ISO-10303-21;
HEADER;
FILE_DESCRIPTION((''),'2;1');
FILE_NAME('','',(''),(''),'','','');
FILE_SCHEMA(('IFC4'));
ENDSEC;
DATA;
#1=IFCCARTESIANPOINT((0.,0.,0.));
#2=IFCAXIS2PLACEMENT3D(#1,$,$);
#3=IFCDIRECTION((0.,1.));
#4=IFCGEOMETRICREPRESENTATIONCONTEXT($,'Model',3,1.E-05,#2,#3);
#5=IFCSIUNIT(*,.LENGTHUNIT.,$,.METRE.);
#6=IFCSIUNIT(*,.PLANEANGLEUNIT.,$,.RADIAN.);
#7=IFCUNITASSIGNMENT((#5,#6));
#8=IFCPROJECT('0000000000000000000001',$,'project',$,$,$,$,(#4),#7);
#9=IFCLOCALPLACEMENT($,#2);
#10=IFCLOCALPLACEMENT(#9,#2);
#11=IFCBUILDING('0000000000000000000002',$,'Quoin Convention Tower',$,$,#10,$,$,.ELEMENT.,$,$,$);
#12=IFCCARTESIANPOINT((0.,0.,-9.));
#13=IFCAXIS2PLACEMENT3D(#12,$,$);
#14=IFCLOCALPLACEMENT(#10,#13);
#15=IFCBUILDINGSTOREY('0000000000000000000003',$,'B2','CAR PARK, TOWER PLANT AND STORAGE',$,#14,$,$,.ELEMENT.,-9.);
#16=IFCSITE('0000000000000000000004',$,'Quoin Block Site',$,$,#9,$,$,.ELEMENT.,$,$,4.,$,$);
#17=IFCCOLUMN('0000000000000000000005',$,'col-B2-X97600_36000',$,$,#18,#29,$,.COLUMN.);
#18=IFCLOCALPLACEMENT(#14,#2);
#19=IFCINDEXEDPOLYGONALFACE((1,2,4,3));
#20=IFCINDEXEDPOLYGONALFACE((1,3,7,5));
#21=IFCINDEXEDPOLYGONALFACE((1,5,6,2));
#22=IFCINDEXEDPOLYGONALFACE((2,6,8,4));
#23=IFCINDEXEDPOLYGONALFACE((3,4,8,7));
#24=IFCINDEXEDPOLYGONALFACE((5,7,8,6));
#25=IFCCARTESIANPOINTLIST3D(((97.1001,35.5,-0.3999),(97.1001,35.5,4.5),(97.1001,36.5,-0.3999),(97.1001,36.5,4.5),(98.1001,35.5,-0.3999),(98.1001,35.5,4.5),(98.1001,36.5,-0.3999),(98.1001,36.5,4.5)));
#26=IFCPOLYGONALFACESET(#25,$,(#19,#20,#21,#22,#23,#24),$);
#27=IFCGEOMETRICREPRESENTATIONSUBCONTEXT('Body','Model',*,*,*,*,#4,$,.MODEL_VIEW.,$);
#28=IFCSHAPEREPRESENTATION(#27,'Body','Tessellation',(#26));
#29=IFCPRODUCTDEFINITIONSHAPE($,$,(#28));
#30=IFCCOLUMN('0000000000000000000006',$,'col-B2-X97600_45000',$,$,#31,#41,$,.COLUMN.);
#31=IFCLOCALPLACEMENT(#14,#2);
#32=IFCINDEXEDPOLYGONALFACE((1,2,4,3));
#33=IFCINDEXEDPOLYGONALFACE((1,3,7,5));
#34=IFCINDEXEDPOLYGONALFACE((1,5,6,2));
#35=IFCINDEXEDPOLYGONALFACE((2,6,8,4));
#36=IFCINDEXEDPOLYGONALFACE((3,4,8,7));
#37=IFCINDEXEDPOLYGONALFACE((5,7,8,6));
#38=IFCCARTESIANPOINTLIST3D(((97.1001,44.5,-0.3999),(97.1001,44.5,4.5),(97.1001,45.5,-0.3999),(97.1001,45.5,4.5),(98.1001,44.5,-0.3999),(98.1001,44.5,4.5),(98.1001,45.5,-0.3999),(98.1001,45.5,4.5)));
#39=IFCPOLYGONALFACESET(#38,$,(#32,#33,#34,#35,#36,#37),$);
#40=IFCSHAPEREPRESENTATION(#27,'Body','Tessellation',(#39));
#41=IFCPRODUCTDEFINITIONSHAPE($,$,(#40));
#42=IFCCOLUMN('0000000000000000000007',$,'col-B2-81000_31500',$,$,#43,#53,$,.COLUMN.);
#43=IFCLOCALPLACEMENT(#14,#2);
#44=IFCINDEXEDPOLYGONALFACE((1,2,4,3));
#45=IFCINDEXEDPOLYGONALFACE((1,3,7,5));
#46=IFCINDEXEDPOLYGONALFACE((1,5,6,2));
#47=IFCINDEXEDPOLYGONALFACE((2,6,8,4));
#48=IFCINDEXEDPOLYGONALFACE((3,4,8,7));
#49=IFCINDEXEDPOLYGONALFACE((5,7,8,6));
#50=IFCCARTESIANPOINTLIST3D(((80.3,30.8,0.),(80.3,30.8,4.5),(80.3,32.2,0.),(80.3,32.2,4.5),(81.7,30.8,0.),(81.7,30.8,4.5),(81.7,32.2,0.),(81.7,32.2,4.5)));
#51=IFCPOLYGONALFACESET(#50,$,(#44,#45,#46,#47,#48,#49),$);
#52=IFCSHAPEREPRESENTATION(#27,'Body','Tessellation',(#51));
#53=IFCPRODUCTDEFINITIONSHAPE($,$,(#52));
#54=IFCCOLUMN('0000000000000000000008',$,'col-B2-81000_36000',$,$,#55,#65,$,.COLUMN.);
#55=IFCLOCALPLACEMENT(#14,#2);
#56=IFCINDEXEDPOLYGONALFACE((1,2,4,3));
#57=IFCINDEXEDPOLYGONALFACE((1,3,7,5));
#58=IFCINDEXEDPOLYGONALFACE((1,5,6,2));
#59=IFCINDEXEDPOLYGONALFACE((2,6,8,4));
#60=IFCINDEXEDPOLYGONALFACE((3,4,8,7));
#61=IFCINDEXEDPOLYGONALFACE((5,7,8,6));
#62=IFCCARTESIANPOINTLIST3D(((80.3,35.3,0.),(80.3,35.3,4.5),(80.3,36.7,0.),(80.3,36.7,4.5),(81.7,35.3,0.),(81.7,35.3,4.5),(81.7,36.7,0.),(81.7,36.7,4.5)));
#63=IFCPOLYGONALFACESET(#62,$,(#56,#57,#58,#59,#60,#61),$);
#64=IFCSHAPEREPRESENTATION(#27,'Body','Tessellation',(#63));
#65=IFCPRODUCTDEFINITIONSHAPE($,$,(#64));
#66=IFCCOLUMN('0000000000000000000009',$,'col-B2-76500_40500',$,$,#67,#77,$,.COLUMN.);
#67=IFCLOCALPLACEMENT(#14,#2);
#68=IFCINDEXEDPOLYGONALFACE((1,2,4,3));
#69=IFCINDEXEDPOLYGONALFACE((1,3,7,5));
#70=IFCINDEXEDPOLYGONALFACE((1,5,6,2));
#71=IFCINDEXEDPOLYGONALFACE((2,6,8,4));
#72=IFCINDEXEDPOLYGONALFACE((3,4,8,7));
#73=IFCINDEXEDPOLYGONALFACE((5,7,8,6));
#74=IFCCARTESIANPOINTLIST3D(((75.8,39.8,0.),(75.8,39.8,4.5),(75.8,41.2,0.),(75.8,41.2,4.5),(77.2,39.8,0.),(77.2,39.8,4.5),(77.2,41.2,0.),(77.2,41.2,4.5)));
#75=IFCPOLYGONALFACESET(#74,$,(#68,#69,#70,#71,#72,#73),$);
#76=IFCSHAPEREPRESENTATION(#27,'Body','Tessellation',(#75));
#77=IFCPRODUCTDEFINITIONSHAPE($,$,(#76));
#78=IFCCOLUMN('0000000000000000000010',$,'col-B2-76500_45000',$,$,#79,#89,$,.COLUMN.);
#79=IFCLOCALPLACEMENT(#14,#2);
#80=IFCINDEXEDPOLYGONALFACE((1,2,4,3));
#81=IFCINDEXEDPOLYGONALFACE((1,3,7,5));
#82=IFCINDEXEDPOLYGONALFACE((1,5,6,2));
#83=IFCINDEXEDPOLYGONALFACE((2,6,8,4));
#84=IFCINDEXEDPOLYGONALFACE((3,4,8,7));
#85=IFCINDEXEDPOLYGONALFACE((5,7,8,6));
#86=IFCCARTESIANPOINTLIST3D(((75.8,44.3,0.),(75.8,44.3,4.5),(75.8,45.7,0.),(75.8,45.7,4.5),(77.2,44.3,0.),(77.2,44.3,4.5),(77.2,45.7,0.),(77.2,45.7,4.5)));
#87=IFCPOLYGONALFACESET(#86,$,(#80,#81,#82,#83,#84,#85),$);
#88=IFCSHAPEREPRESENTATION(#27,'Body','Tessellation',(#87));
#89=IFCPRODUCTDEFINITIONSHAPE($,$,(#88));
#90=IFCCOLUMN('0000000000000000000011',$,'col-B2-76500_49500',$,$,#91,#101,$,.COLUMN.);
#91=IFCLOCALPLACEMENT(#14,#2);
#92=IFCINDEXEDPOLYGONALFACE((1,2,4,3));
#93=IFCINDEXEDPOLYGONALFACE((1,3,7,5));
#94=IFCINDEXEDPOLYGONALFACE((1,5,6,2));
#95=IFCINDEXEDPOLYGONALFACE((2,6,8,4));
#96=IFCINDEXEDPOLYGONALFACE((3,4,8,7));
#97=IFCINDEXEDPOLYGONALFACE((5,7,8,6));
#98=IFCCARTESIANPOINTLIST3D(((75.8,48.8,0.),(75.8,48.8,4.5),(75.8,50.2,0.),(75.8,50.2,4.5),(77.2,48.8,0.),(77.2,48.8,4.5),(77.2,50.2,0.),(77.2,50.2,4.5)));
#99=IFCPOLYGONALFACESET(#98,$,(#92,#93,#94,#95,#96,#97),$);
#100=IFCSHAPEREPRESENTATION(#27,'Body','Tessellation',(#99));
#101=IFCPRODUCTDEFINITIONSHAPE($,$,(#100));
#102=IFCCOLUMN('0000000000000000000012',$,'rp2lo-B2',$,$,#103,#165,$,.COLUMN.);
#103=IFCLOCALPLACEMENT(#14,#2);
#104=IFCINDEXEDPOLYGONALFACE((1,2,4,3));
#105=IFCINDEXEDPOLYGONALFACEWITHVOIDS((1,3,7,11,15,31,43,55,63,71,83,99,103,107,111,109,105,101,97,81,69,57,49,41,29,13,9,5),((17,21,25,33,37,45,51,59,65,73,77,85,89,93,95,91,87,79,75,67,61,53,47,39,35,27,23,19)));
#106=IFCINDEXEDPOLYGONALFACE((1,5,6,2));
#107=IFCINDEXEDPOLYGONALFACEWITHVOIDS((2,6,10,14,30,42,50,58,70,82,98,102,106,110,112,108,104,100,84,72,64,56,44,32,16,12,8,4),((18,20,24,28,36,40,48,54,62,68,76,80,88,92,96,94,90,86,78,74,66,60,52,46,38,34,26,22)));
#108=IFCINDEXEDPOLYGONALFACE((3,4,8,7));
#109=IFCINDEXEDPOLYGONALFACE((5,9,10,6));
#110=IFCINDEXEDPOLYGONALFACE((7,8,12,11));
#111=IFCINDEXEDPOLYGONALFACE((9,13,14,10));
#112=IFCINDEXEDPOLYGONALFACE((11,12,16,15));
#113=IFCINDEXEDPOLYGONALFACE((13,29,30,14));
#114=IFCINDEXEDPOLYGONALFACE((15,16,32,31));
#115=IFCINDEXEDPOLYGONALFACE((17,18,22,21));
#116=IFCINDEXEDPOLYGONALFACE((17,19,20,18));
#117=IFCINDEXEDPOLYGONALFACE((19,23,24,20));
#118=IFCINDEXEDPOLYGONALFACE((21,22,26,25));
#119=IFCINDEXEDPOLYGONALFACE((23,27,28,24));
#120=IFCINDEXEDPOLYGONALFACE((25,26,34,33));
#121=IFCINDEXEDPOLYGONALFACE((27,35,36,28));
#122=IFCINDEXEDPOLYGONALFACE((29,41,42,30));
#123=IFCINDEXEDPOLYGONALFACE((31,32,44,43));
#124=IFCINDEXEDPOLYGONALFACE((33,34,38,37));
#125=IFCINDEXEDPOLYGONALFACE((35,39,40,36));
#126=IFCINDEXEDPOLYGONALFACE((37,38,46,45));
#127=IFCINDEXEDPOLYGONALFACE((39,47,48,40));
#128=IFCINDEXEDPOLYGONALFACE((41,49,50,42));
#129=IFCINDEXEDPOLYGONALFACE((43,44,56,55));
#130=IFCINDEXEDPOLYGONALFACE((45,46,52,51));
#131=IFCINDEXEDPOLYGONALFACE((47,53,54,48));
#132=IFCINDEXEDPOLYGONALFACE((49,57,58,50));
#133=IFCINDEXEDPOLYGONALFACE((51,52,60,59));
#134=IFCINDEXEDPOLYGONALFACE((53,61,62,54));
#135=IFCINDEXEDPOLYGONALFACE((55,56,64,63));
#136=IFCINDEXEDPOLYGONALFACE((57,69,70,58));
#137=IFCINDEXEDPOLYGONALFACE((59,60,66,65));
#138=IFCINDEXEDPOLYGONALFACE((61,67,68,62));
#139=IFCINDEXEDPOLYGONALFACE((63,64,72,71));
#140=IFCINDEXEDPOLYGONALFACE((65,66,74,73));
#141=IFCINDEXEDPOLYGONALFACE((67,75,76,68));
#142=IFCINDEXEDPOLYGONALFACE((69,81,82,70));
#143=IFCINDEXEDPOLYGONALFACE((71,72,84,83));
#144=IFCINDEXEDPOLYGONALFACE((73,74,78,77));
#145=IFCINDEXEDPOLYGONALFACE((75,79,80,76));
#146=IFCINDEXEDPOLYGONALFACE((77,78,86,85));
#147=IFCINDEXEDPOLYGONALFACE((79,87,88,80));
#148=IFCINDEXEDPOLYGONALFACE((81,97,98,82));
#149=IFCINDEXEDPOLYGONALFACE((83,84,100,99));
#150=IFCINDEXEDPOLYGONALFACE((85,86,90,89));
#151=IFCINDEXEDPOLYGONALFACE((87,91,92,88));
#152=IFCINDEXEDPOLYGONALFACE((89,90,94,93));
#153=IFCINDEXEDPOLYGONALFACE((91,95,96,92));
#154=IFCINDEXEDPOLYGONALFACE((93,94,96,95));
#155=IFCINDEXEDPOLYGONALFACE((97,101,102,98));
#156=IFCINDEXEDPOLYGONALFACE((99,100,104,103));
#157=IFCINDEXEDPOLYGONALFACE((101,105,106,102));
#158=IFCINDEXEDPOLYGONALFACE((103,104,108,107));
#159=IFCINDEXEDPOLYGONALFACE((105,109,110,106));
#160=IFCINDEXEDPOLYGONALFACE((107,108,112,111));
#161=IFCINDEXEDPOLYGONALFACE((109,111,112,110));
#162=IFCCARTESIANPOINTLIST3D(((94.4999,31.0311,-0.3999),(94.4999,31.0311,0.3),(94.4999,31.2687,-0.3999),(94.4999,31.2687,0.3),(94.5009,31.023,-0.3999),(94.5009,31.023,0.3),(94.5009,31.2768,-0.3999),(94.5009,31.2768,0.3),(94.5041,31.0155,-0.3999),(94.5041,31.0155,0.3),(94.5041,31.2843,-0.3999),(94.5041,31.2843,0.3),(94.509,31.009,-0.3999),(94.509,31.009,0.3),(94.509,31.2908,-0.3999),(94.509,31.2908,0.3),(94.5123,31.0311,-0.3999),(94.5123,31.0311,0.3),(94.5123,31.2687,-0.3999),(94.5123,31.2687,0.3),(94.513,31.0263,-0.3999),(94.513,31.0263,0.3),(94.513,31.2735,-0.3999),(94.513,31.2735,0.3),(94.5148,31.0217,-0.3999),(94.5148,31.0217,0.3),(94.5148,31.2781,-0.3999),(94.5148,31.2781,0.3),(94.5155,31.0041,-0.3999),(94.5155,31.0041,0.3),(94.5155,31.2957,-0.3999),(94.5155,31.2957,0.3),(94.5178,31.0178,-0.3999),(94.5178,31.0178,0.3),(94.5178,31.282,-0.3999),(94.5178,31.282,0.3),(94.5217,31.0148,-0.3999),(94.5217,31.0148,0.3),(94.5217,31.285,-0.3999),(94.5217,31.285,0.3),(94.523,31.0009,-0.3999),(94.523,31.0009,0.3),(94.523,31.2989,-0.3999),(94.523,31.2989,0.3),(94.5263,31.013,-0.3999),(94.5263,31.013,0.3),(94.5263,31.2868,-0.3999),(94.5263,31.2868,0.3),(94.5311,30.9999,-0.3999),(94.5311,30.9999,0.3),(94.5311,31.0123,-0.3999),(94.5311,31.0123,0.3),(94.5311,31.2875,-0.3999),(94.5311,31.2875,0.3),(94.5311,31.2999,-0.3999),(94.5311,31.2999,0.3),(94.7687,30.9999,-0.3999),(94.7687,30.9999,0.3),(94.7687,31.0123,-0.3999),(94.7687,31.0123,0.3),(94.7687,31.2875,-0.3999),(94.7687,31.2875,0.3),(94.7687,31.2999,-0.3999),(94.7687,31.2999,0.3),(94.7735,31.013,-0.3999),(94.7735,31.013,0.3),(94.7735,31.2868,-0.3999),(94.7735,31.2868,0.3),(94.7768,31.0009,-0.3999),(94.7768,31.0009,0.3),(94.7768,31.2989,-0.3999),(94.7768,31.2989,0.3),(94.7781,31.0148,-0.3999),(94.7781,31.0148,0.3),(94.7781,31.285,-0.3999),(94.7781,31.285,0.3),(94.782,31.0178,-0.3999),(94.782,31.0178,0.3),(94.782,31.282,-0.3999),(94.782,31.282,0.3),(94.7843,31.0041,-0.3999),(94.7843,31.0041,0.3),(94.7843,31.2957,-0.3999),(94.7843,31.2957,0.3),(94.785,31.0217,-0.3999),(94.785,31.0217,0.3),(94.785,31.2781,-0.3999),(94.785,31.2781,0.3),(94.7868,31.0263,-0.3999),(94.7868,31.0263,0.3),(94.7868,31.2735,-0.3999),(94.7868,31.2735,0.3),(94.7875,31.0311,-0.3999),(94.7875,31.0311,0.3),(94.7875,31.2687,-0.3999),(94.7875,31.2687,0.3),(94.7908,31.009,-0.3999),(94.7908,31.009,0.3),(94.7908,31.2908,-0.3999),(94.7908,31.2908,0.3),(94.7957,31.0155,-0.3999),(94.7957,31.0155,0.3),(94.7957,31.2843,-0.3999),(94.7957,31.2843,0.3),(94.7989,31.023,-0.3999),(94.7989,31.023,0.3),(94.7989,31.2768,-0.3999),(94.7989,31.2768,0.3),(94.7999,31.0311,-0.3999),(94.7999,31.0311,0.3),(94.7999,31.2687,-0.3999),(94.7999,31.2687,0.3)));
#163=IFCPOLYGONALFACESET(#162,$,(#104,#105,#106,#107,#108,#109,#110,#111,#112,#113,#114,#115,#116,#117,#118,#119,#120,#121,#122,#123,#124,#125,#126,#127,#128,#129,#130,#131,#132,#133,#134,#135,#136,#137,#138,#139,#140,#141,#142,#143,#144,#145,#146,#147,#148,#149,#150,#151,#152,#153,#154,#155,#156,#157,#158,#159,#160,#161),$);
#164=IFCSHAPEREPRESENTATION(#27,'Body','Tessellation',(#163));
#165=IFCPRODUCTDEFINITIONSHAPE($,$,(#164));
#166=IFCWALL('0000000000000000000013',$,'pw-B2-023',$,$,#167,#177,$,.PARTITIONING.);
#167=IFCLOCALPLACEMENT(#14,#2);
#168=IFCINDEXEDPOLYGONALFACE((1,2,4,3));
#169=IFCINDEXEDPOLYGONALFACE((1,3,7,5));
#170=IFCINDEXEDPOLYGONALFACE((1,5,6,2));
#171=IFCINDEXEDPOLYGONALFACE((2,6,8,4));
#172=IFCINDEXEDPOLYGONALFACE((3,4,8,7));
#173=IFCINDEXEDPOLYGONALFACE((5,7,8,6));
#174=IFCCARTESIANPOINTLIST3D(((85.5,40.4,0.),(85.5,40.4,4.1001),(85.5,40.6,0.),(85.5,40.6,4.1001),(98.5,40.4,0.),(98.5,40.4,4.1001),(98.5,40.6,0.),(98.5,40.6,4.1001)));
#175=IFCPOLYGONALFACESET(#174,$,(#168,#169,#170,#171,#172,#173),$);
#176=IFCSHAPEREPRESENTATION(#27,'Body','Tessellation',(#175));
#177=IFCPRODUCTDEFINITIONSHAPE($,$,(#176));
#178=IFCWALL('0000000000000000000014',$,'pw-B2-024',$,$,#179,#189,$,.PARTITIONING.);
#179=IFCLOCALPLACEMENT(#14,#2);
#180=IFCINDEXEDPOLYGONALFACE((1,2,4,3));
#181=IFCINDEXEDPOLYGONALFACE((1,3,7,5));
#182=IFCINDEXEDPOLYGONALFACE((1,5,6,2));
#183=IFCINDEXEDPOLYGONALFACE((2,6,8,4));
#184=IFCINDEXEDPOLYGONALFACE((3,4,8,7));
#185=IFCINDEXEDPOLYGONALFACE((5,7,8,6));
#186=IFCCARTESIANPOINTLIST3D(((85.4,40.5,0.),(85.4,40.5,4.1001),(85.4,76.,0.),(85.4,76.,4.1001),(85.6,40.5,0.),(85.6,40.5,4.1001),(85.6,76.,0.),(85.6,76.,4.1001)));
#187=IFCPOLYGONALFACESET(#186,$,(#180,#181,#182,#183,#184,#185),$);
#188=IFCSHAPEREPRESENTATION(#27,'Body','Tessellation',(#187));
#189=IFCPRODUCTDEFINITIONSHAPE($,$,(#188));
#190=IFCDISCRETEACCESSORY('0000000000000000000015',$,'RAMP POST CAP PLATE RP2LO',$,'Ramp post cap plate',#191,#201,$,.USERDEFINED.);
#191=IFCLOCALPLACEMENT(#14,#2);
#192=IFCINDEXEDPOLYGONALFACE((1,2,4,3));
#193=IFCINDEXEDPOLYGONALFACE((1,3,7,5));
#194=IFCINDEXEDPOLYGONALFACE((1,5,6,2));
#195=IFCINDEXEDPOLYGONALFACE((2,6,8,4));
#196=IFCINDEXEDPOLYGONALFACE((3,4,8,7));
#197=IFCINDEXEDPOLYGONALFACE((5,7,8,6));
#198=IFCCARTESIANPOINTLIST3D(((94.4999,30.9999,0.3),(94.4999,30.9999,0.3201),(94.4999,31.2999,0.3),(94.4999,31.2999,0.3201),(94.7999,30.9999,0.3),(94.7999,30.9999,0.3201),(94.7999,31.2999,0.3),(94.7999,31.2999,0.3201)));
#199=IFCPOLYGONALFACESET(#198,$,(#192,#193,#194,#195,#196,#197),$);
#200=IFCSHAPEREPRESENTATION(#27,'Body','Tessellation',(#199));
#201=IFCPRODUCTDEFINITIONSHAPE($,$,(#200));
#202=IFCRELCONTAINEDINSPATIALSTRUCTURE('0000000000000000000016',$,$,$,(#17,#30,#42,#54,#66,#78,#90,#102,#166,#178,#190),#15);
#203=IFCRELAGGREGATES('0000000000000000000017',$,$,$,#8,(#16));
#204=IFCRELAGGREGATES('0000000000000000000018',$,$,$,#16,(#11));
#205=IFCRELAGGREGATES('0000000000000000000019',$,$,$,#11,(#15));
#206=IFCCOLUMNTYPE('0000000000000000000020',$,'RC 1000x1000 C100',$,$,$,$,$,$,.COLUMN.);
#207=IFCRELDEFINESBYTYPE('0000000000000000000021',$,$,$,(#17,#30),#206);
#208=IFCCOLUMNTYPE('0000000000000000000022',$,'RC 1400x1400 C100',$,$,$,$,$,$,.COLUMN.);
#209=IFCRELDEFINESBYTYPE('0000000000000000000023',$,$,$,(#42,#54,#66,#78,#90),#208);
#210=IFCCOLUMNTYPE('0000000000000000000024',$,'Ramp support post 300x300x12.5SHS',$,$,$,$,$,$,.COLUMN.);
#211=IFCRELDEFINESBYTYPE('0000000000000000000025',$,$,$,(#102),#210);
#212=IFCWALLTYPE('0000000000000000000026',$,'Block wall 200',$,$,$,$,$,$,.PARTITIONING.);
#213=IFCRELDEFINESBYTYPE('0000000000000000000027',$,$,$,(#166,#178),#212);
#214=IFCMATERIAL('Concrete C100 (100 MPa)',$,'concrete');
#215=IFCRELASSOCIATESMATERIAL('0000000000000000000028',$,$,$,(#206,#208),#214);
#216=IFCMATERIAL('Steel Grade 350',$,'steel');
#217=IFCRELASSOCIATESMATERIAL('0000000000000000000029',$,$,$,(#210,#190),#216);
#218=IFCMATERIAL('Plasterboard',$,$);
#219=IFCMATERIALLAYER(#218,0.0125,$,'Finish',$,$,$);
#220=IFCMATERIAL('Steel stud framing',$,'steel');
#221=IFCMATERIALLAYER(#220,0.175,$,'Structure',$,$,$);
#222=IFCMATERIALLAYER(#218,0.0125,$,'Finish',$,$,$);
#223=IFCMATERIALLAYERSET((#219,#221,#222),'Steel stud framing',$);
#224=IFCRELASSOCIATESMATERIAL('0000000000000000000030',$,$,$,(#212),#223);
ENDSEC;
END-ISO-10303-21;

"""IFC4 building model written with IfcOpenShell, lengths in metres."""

from ifc_helpers import new_model, si_unit, direction, frame, frame_2d, origin, origin_2d, place, context, subcontext, project, spatial, rectangle, hollow_rectangle, extrude, material, layer, layer_set, material_profile, profile_set, type_object, element, save


model = new_model("IFC4")

# Units and contexts
model_context = context("Model", 3, precision=1e-05, world=origin(), true_north=direction((0.0, 1.0)))
body_context = subcontext(model_context, "Body", "Model", "MODEL_VIEW")
ifc_project = project(units=[si_unit("LENGTHUNIT", "METRE"), si_unit("PLANEANGLEUNIT", "RADIAN")], contexts=[model_context])

# Site, building, storey
site_placement = place(None, origin())
site = spatial("IfcSite", under=ifc_project, at=site_placement, Name="Quoin Block Site", CompositionType="ELEMENT", RefElevation=4.0)
building_placement = place(site_placement, origin())
building = spatial("IfcBuilding", under=site, at=building_placement, Name="Quoin Convention Tower", CompositionType="ELEMENT")
storey_placement = place(building_placement, frame((0.0, 0.0, -9.0)))
storey = spatial("IfcBuildingStorey", under=building, at=storey_placement, Name="B2", Description="CAR PARK, TOWER PLANT AND STORAGE", CompositionType="ELEMENT", Elevation=-9.0)

# Columns
ifc_material_1 = material(Name="Concrete C100 (100 MPa)", Category="concrete")
ifc_material_profile_1 = material_profile(ifc_material_1, rectangle(XDim=1.0, YDim=1.0, at=origin_2d()), Name="RC 1000x1000")
ifc_profile_set_1 = profile_set([ifc_material_profile_1], Name="Concrete C100 (100 MPa)")
column_type_1 = type_object("IfcColumnType", Name="RC 1000x1000 C100", PredefinedType="COLUMN", material=ifc_profile_set_1)
for number, where, z_axis, x_axis, name in (
    (1, (97.6001, 36.0, -0.3999), (0.0, 0.0, 1.0), (1.0, 0.0, 0.0), "col-B2-X97600_36000"),
    (2, (97.6001, 45.0, -0.3999), (0.0, 0.0, 1.0), (1.0, 0.0, 0.0), "col-B2-X97600_45000"),
):
    element("IfcColumn", number, at=place(storey_placement, frame(where, z_axis=z_axis, x_axis=x_axis)), inside=storey, type_object=column_type_1, Name=name, PredefinedType="COLUMN", context=body_context, shape_type="SweptSolid", body=[
        extrude(rectangle(XDim=1.0, YDim=1.0, at=origin_2d()), origin(), (0.0, 0.0, 1.0), 4.8999),
    ])
ifc_material_profile_2 = material_profile(ifc_material_1, rectangle(XDim=1.3999, YDim=1.3999, at=origin_2d()), Name="RC 1400x1400")
ifc_profile_set_2 = profile_set([ifc_material_profile_2], Name="Concrete C100 (100 MPa)")
column_type_2 = type_object("IfcColumnType", Name="RC 1400x1400 C100", PredefinedType="COLUMN", material=ifc_profile_set_2)
for number, where, z_axis, x_axis, name in (
    (3, (81.0, 31.5, 0.0), (0.0, 0.0, 1.0), (1.0, 0.0, 0.0), "col-B2-81000_31500"),
    (4, (81.0, 36.0, 0.0), (0.0, 0.0, 1.0), (1.0, 0.0, 0.0), "col-B2-81000_36000"),
    (5, (76.5, 40.5, 0.0), (0.0, 0.0, 1.0), (1.0, 0.0, 0.0), "col-B2-76500_40500"),
    (6, (76.5, 45.0, 0.0), (0.0, 0.0, 1.0), (1.0, 0.0, 0.0), "col-B2-76500_45000"),
    (7, (76.5, 49.5, 0.0), (0.0, 0.0, 1.0), (1.0, 0.0, 0.0), "col-B2-76500_49500"),
):
    element("IfcColumn", number, at=place(storey_placement, frame(where, z_axis=z_axis, x_axis=x_axis)), inside=storey, type_object=column_type_2, Name=name, PredefinedType="COLUMN", context=body_context, shape_type="SweptSolid", body=[
        extrude(rectangle(XDim=1.3999, YDim=1.3999, at=origin_2d()), origin(), (0.0, 0.0, 1.0), 4.5),
    ])
ifc_material_2 = material(Name="Steel Grade 350", Category="steel")
ifc_material_profile_3 = material_profile(ifc_material_2, hollow_rectangle(XDim=0.3, YDim=0.3, WallThickness=0.0125, InnerFilletRadius=0.0188, OuterFilletRadius=0.0312, at=origin_2d()), Name="300x300x12.5SHS")
ifc_profile_set_3 = profile_set([ifc_material_profile_3], Name="Steel Grade 350")
column_type_3 = type_object("IfcColumnType", Name="Ramp support post 300x300x12.5SHS", PredefinedType="COLUMN", material=ifc_profile_set_3)
column_placement = place(storey_placement, frame((94.6499, 31.1499, -0.3999), z_axis=(0.0, 0.0, 1.0), x_axis=(1.0, 0.0, 0.0)))
element("IfcColumn", 8, at=column_placement, inside=storey, type_object=column_type_3, Name="rp2lo-B2", PredefinedType="COLUMN", context=body_context, shape_type="SweptSolid", body=[
    extrude(hollow_rectangle(XDim=0.3, YDim=0.3, WallThickness=0.0125, InnerFilletRadius=0.0188, OuterFilletRadius=0.0312, at=origin_2d()), origin(), (0.0, 0.0, 1.0), 0.7),
])

# Walls
ifc_material_3 = material(Name="Plasterboard")
ifc_layer_1 = layer(ifc_material_3, 0.0125, Name="Finish")
ifc_material_4 = material(Name="Steel stud framing", Category="steel")
ifc_layer_2 = layer(ifc_material_4, 0.175, Name="Structure")
ifc_layer_3 = layer(ifc_material_3, 0.0125, Name="Finish")
ifc_layer_set = layer_set([ifc_layer_1, ifc_layer_2, ifc_layer_3], Name="Steel stud framing")
wall_type = type_object("IfcWallType", Name="Block wall 200", PredefinedType="PARTITIONING", material=ifc_layer_set)
wall_1_placement = place(storey_placement, frame((85.5, 40.5, 0.0), z_axis=(0.0, 0.0, 1.0), x_axis=(1.0, 0.0, 0.0)))
element("IfcWall", 9, at=wall_1_placement, inside=storey, type_object=wall_type, Name="pw-B2-023", PredefinedType="PARTITIONING", context=body_context, shape_type="SweptSolid", body=[
    extrude(rectangle(XDim=13.0, YDim=0.2, at=frame_2d((6.5, 0.0))), origin(), (0.0, 0.0, 1.0), 4.1001),
])
wall_2_placement = place(storey_placement, frame((85.5, 40.5, 0.0), z_axis=(0.0, 0.0, 1.0), x_axis=(0.0, 1.0, 0.0)))
element("IfcWall", 10, at=wall_2_placement, inside=storey, type_object=wall_type, Name="pw-B2-024", PredefinedType="PARTITIONING", context=body_context, shape_type="SweptSolid", body=[
    extrude(rectangle(XDim=35.5, YDim=0.2, at=frame_2d((17.75, 0.0))), origin(), (0.0, 0.0, 1.0), 4.1001),
])

# Discrete accessory
discrete_accessory_placement = place(storey_placement, frame((94.6499, 31.1499, 0.3), z_axis=(0.0, 0.0, 1.0), x_axis=(1.0, 0.0, 0.0)))
element("IfcDiscreteAccessory", 11, at=discrete_accessory_placement, inside=storey, material=ifc_material_2, Name="RAMP POST CAP PLATE RP2LO", ObjectType="Ramp post cap plate", PredefinedType="USERDEFINED", context=body_context, shape_type="SweptSolid", body=[
    extrude(rectangle(XDim=0.3, YDim=0.3, at=origin_2d()), origin(), (0.0, 0.0, 1.0), 0.02),
])

save(model, "model.ifc")
